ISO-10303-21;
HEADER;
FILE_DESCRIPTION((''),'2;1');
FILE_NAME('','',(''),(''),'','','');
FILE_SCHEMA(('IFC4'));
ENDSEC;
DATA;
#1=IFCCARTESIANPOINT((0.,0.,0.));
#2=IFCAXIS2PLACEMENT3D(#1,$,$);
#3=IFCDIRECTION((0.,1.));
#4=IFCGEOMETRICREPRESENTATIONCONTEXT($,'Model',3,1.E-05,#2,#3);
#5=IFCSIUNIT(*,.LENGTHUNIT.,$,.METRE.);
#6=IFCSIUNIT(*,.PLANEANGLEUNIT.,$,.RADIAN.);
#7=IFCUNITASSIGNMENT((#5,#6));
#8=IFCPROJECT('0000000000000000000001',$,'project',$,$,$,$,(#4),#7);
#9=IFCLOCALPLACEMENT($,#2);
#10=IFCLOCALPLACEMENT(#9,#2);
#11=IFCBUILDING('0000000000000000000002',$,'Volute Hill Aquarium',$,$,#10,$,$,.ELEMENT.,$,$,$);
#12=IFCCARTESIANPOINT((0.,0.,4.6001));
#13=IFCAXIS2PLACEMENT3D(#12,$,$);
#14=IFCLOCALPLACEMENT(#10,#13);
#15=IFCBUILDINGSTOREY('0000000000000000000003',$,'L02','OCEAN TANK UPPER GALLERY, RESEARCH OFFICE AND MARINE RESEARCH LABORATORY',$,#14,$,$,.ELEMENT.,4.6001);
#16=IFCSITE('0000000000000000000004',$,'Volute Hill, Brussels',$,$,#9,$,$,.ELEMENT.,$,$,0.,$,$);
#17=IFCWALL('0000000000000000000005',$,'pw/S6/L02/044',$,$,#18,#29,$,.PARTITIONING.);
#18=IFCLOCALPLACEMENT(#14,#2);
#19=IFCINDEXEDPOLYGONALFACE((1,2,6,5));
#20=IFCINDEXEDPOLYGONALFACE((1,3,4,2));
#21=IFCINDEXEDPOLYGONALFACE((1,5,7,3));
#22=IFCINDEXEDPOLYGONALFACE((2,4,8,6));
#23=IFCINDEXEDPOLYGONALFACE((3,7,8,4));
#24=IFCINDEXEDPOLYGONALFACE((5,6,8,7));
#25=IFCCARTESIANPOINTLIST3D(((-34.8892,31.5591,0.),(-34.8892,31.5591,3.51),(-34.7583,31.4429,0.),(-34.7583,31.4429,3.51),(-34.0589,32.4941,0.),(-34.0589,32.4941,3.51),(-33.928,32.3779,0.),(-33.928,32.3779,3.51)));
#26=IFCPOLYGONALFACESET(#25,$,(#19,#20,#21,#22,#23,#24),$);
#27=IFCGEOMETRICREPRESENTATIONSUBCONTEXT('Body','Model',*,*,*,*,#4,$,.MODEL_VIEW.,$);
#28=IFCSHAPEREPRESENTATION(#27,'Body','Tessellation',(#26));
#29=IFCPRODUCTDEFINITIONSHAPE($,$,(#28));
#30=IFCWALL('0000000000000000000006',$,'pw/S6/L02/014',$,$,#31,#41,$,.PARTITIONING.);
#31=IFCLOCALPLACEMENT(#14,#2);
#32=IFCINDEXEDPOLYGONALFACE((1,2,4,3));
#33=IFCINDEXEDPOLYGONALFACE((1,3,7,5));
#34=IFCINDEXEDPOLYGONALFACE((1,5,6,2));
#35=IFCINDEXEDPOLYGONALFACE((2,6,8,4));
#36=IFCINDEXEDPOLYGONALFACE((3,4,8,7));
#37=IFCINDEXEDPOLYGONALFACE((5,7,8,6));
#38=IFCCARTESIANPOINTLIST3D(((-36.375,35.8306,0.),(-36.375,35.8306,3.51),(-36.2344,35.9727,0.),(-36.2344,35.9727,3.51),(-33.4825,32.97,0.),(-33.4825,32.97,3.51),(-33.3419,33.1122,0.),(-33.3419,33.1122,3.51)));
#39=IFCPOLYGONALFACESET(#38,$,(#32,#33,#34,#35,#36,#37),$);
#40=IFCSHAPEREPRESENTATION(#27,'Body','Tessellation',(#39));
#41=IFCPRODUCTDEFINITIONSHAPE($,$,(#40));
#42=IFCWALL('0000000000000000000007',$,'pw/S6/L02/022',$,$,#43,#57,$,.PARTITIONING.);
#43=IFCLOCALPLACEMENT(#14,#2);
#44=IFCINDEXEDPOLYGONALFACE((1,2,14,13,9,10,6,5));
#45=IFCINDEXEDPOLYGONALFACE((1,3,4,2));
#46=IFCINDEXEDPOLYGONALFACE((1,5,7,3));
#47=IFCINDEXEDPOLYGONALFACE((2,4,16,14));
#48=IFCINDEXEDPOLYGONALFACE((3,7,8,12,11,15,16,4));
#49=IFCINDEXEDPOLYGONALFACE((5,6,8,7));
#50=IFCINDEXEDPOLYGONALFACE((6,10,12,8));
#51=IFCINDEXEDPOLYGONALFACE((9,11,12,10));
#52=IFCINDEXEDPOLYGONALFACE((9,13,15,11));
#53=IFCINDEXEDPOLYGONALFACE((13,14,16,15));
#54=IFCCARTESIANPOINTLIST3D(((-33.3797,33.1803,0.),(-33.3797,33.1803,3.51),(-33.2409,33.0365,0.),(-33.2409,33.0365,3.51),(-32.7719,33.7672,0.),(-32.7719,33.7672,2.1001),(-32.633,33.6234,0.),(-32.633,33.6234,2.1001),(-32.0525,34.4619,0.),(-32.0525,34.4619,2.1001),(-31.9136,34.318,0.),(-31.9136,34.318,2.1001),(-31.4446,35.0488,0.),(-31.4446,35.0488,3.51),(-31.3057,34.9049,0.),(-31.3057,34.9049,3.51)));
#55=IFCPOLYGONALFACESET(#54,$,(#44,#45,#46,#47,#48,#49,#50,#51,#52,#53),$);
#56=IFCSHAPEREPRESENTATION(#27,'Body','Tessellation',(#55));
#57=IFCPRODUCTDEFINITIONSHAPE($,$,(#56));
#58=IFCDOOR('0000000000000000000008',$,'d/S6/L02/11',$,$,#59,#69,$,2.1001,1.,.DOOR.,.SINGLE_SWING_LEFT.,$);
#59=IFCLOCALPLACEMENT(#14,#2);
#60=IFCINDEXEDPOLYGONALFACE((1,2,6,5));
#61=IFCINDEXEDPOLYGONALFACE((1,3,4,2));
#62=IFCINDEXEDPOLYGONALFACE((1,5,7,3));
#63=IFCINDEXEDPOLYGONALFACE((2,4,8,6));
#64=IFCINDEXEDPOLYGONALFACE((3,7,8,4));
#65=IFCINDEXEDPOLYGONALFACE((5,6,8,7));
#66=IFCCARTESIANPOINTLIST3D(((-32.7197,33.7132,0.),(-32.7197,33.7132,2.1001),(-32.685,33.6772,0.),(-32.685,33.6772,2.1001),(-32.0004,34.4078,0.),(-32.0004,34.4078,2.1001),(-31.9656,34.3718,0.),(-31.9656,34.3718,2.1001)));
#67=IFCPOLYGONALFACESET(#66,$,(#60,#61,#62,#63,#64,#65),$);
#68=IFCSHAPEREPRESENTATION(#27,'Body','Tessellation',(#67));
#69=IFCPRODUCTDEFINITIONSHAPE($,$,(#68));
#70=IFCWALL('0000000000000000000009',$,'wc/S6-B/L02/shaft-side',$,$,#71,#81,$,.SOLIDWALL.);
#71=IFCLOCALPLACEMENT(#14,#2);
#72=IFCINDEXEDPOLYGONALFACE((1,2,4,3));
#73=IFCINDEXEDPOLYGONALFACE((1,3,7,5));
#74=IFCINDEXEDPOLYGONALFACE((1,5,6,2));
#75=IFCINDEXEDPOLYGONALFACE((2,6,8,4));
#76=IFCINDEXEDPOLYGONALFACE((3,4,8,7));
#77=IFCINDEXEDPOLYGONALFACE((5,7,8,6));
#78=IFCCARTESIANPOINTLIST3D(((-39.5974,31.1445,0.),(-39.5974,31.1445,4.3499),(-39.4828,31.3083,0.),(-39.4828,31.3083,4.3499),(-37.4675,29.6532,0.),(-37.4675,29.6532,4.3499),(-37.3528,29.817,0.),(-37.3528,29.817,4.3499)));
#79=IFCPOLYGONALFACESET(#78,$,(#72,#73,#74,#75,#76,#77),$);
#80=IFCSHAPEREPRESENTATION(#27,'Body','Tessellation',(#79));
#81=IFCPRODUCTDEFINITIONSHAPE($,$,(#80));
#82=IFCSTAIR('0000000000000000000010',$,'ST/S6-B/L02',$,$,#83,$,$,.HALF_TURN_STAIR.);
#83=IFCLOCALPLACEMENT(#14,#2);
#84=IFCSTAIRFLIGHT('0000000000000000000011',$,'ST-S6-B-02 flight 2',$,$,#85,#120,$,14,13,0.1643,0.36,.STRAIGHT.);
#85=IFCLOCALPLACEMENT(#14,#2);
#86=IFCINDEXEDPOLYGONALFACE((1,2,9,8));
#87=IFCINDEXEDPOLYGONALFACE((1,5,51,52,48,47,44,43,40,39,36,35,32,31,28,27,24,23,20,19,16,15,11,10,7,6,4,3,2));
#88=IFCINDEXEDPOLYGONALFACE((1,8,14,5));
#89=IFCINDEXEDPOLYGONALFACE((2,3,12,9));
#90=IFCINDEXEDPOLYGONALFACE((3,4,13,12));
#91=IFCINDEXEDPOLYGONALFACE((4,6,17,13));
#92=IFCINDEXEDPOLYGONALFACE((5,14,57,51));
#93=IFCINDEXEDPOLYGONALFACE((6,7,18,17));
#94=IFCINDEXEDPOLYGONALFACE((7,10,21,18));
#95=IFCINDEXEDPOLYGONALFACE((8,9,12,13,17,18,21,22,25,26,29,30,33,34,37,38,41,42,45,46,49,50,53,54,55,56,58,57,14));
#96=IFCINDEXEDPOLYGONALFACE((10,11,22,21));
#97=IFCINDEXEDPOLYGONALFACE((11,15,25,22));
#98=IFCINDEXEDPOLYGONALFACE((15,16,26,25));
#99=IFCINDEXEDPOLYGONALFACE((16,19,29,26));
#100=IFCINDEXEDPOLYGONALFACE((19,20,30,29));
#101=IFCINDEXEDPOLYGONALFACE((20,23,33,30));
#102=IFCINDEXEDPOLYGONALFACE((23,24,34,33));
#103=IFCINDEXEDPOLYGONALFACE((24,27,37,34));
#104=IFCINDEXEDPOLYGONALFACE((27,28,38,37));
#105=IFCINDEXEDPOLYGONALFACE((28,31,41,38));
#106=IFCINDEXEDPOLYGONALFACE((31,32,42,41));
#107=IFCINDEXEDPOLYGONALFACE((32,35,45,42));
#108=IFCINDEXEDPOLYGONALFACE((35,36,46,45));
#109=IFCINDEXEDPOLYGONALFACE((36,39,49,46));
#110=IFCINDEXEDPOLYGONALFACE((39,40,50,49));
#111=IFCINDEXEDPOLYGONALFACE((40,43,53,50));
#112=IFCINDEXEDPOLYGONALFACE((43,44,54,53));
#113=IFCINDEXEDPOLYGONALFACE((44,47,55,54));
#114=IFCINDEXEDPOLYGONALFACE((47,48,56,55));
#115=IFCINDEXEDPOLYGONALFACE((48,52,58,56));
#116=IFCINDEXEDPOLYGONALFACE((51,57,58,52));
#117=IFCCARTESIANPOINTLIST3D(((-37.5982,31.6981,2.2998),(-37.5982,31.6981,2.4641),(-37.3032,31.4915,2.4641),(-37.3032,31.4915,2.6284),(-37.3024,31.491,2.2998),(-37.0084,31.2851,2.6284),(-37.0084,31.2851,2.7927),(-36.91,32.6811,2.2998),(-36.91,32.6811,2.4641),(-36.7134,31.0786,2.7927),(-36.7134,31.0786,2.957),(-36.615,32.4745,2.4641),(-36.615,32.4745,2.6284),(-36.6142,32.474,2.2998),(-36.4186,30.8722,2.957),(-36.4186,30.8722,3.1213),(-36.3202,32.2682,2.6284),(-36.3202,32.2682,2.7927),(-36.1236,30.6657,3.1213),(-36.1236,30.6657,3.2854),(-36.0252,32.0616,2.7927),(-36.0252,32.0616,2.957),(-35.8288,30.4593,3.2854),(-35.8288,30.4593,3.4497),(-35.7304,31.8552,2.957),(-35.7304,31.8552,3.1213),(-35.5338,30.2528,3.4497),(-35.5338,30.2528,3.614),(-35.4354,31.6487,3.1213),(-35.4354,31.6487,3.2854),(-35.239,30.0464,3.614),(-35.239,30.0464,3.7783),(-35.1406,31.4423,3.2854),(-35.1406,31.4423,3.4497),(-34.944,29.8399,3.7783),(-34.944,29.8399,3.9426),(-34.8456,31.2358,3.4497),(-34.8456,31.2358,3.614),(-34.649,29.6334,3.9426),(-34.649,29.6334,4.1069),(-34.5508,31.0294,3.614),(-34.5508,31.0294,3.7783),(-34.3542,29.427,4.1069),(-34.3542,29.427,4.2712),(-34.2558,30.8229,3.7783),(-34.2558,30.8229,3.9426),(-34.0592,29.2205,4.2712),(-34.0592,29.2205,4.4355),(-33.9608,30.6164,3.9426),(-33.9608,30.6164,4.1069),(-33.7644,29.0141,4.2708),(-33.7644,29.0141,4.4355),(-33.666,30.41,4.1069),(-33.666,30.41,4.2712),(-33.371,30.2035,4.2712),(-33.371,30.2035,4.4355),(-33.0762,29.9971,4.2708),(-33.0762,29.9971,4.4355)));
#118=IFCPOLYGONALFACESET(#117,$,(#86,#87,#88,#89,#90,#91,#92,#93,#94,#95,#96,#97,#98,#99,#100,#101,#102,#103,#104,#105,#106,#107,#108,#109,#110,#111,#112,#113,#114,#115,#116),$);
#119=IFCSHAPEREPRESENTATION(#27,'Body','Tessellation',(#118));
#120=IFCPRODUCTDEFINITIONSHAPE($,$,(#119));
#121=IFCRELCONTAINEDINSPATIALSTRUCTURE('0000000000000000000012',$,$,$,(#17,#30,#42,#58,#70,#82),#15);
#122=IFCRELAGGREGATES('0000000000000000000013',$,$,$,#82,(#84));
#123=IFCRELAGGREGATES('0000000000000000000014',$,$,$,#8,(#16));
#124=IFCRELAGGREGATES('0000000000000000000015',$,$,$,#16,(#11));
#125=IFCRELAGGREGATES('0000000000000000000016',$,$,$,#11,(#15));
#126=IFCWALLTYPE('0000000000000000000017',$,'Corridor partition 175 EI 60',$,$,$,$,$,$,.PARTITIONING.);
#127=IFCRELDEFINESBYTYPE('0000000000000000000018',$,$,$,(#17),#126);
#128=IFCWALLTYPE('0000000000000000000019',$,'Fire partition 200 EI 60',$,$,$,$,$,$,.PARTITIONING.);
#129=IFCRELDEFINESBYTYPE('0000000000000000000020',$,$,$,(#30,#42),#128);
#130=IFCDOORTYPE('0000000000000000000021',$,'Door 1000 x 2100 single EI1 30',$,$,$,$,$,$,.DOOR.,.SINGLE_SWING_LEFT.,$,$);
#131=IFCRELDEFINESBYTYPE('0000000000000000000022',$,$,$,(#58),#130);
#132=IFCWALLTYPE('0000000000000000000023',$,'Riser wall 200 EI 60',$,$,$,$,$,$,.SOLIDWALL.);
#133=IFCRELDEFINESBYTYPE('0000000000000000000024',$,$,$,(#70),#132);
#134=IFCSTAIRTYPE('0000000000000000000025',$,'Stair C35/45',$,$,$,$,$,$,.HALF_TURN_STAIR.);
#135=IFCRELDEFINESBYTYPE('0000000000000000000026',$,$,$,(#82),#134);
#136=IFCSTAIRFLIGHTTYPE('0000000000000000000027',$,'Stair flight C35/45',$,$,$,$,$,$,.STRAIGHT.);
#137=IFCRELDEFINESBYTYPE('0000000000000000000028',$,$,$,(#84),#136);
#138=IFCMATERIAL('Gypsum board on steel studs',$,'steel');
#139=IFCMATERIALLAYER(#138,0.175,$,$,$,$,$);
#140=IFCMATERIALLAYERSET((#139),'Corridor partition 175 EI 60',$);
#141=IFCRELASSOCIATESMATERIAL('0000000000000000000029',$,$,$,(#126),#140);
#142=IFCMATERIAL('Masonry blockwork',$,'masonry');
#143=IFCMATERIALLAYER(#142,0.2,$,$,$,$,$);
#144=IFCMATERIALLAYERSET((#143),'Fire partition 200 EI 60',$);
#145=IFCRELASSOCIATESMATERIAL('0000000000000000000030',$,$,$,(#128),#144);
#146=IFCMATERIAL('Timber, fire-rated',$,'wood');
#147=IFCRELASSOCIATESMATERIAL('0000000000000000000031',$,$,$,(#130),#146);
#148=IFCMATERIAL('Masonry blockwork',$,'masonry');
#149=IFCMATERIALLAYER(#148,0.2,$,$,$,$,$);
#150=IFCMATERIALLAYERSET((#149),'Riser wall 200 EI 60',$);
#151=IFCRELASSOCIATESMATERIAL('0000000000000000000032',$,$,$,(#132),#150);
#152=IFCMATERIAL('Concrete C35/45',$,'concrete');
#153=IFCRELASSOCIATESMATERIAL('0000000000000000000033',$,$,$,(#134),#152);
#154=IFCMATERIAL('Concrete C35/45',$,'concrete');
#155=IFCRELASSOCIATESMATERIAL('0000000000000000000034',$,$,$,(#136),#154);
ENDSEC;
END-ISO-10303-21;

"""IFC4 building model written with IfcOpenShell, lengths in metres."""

from ifc_helpers import new_model, si_unit, direction, frame, frame_2d, origin, place, context, subcontext, project, spatial, polyline, rectangle, outline, extrude, material, layer, layer_set, type_object, element, fill, aggregate, save


model = new_model("IFC4")

# Units and contexts
model_context = context("Model", 3, precision=1e-05, world=origin(), true_north=direction((0.0, 1.0)))
body_context = subcontext(model_context, "Body", "Model", "MODEL_VIEW")
ifc_project = project(units=[si_unit("LENGTHUNIT", "METRE"), si_unit("PLANEANGLEUNIT", "RADIAN")], contexts=[model_context])

# Site, building, storey
site_placement = place(None, origin())
site = spatial("IfcSite", under=ifc_project, at=site_placement, Name="Volute Hill, Brussels", CompositionType="ELEMENT", RefElevation=0.0)
building_placement = place(site_placement, origin())
building = spatial("IfcBuilding", under=site, at=building_placement, Name="Volute Hill Aquarium", CompositionType="ELEMENT")
storey_placement = place(building_placement, frame((0.0, 0.0, 4.6001)))
storey = spatial("IfcBuildingStorey", under=building, at=storey_placement, Name="L02", Description="OCEAN TANK UPPER GALLERY, RESEARCH OFFICE AND MARINE RESEARCH LABORATORY", CompositionType="ELEMENT", Elevation=4.6001)

# Walls
ifc_material_1 = material(Name="Gypsum board on steel studs", Category="steel")
ifc_layer_1 = layer(ifc_material_1, 0.175)
ifc_layer_set_1 = layer_set([ifc_layer_1], Name="Corridor partition 175 EI 60")
wall_type_1 = type_object("IfcWallType", Name="Corridor partition 175 EI 60", PredefinedType="PARTITIONING", material=ifc_layer_set_1)
wall_1_placement = place(storey_placement, frame((-34.8237, 31.501, 0.0), z_axis=(0.0, 0.0, 1.0), x_axis=(0.663988, 0.747743, 0.0)))
element("IfcWall", 1, at=wall_1_placement, inside=storey, type_object=wall_type_1, Name="pw/S6/L02/044", PredefinedType="PARTITIONING", context=body_context, shape_type="SweptSolid", body=[
    extrude(rectangle(XDim=1.2505, YDim=0.175, at=frame_2d((0.6252, 0.0))), origin(), (0.0, 0.0, 1.0), 3.51),
])
ifc_material_2 = material(Name="Masonry blockwork", Category="masonry")
ifc_layer_2 = layer(ifc_material_2, 0.2)
ifc_layer_set_2 = layer_set([ifc_layer_2], Name="Fire partition 200 EI 60")
wall_type_2 = type_object("IfcWallType", Name="Fire partition 200 EI 60", PredefinedType="PARTITIONING", material=ifc_layer_set_2)
wall_2_placement = place(storey_placement, frame((-33.4121, 33.041, 0.0), z_axis=(0.0, 0.0, 1.0), x_axis=(-0.711027, 0.703165, 0.0)))
element("IfcWall", 2, at=wall_2_placement, inside=storey, type_object=wall_type_2, Name="pw/S6/L02/014", PredefinedType="PARTITIONING", context=body_context, shape_type="SweptSolid", body=[
    extrude(rectangle(XDim=4.0681, YDim=0.2, at=frame_2d((2.0342, 0.0))), origin(), (0.0, 0.0, 1.0), 3.51),
])

# Wall, opening, door
wall_3_placement = place(storey_placement, frame((-33.3103, 33.1084, 0.0), z_axis=(0.0, 0.0, 1.0), x_axis=(0.719387, 0.694609, 0.0)))
wall_3 = element("IfcWall", 3, at=wall_3_placement, inside=storey, type_object=wall_type_2, Name="pw/S6/L02/022", PredefinedType="PARTITIONING", context=body_context, shape_type="SweptSolid", body=[
    extrude(rectangle(XDim=2.6899, YDim=0.2, at=frame_2d((1.345, 0.0))), origin(), (0.0, 0.0, 1.0), 3.51),
])
opening_placement = place(wall_3_placement, frame((0.845, 0.0, 0.0)))
opening = element("IfcOpeningElement", 4, at=opening_placement, cuts=wall_3, PredefinedType="OPENING", context=body_context, shape_type="SweptSolid", body=[
    extrude(rectangle(XDim=1.0, YDim=2.1001, at=frame_2d((0.5, 1.05))), frame((0.0, 0.1099, 0.0), z_axis=(0.0, -1.0, 0.0), x_axis=(1.0, 0.0, 0.0)), (0.0, 0.0, 1.0), 0.22),
])
ifc_material_3 = material(Name="Timber, fire-rated", Category="wood")
door_type = type_object("IfcDoorType", Name="Door 1000 x 2100 single EI1 30", OperationType="SINGLE_SWING_LEFT", PredefinedType="DOOR", material=ifc_material_3)
door_placement = place(opening_placement, origin())
door = element("IfcDoor", 5, at=door_placement, inside=storey, type_object=door_type, Name="d/S6/L02/11", OperationType="SINGLE_SWING_LEFT", OverallHeight=2.1001, OverallWidth=1.0, PredefinedType="DOOR", context=body_context, shape_type="SweptSolid", body=[
    extrude(rectangle(XDim=1.0, YDim=2.1001, at=frame_2d((0.5, 1.05))), frame((0.0, 0.0249, 0.0), z_axis=(0.0, -1.0, 0.0), x_axis=(1.0, 0.0, 0.0)), (0.0, 0.0, 1.0), 0.05),
])
fill(opening, door)

# Wall
ifc_material_4 = material(Name="Masonry blockwork", Category="masonry")
ifc_layer_3 = layer(ifc_material_4, 0.2)
ifc_layer_set_3 = layer_set([ifc_layer_3], Name="Riser wall 200 EI 60")
wall_type_3 = type_object("IfcWallType", Name="Riser wall 200 EI 60", PredefinedType="SOLIDWALL", material=ifc_layer_set_3)
wall_4_placement = place(storey_placement, frame((-37.4102, 29.7351, 0.0), z_axis=(0.0, 0.0, 1.0), x_axis=(-0.819179, 0.573538, 0.0)))
element("IfcWall", 6, at=wall_4_placement, inside=storey, type_object=wall_type_3, Name="wc/S6-B/L02/shaft-side", PredefinedType="SOLIDWALL", context=body_context, shape_type="SweptSolid", body=[
    extrude(rectangle(XDim=2.6001, YDim=0.2, at=frame_2d((1.3, 0.0))), origin(), (0.0, 0.0, 1.0), 4.3499),
])

# Stair, stair flight
ifc_material_5 = material(Name="Concrete C35/45", Category="concrete")
stair_type = type_object("IfcStairType", Name="Stair C35/45", PredefinedType="HALF_TURN_STAIR", material=ifc_material_5)
stair_placement = place(storey_placement, origin())
stair = element("IfcStair", 7, at=stair_placement, inside=storey, type_object=stair_type, Name="ST/S6-B/L02", PredefinedType="HALF_TURN_STAIR")
ifc_material_6 = material(Name="Concrete C35/45", Category="concrete")
stair_flight_type = type_object("IfcStairFlightType", Name="Stair flight C35/45", PredefinedType="STRAIGHT", material=ifc_material_6)
stair_flight_placement = place(storey_placement, frame((-37.2542, 32.1895, 2.2998), z_axis=(0.0, 0.0, 1.0), x_axis=(0.819204, -0.573503, 0.0)))
stair_flight = element("IfcStairFlight", 8, at=stair_flight_placement, type_object=stair_flight_type, Name="ST-S6-B-02 flight 2", NumberOfRisers=14, NumberOfTreads=13, PredefinedType="STRAIGHT", RiserHeight=0.1643, TreadLength=0.36, context=body_context, shape_type="SweptSolid", body=[
    extrude(outline(polyline([(0.0, 0.0), (0.0, 0.1643), (0.3601, 0.1643), (0.3601, 0.3286), (0.72, 0.3286), (0.72, 0.4929), (1.0801, 0.4929), (1.0801, 0.6572), (1.4399, 0.6572), (1.4399, 0.8215), (1.8, 0.8215), (1.8, 0.9856), (2.1599, 0.9856), (2.1599, 1.1499), (2.52, 1.1499), (2.52, 1.3142), (2.8799, 1.3142), (2.8799, 1.4785), (3.24, 1.4785), (3.24, 1.6428), (3.6001, 1.6428), (3.6001, 1.8071), (3.96, 1.8071), (3.96, 1.9714), (4.3201, 1.9714), (4.3201, 2.1357), (4.6799, 2.1357), (4.6799, 2.3), (4.6799, 1.9709), (0.3611, 0.0), (0.0, 0.0)])), frame((0.0, 0.6001, 0.0), z_axis=(0.0, -1.0, 0.0), x_axis=(1.0, 0.0, 0.0)), (0.0, 0.0, 1.0), 1.2),
])
aggregate(stair, [stair_flight])

save(model, "model.ifc")
